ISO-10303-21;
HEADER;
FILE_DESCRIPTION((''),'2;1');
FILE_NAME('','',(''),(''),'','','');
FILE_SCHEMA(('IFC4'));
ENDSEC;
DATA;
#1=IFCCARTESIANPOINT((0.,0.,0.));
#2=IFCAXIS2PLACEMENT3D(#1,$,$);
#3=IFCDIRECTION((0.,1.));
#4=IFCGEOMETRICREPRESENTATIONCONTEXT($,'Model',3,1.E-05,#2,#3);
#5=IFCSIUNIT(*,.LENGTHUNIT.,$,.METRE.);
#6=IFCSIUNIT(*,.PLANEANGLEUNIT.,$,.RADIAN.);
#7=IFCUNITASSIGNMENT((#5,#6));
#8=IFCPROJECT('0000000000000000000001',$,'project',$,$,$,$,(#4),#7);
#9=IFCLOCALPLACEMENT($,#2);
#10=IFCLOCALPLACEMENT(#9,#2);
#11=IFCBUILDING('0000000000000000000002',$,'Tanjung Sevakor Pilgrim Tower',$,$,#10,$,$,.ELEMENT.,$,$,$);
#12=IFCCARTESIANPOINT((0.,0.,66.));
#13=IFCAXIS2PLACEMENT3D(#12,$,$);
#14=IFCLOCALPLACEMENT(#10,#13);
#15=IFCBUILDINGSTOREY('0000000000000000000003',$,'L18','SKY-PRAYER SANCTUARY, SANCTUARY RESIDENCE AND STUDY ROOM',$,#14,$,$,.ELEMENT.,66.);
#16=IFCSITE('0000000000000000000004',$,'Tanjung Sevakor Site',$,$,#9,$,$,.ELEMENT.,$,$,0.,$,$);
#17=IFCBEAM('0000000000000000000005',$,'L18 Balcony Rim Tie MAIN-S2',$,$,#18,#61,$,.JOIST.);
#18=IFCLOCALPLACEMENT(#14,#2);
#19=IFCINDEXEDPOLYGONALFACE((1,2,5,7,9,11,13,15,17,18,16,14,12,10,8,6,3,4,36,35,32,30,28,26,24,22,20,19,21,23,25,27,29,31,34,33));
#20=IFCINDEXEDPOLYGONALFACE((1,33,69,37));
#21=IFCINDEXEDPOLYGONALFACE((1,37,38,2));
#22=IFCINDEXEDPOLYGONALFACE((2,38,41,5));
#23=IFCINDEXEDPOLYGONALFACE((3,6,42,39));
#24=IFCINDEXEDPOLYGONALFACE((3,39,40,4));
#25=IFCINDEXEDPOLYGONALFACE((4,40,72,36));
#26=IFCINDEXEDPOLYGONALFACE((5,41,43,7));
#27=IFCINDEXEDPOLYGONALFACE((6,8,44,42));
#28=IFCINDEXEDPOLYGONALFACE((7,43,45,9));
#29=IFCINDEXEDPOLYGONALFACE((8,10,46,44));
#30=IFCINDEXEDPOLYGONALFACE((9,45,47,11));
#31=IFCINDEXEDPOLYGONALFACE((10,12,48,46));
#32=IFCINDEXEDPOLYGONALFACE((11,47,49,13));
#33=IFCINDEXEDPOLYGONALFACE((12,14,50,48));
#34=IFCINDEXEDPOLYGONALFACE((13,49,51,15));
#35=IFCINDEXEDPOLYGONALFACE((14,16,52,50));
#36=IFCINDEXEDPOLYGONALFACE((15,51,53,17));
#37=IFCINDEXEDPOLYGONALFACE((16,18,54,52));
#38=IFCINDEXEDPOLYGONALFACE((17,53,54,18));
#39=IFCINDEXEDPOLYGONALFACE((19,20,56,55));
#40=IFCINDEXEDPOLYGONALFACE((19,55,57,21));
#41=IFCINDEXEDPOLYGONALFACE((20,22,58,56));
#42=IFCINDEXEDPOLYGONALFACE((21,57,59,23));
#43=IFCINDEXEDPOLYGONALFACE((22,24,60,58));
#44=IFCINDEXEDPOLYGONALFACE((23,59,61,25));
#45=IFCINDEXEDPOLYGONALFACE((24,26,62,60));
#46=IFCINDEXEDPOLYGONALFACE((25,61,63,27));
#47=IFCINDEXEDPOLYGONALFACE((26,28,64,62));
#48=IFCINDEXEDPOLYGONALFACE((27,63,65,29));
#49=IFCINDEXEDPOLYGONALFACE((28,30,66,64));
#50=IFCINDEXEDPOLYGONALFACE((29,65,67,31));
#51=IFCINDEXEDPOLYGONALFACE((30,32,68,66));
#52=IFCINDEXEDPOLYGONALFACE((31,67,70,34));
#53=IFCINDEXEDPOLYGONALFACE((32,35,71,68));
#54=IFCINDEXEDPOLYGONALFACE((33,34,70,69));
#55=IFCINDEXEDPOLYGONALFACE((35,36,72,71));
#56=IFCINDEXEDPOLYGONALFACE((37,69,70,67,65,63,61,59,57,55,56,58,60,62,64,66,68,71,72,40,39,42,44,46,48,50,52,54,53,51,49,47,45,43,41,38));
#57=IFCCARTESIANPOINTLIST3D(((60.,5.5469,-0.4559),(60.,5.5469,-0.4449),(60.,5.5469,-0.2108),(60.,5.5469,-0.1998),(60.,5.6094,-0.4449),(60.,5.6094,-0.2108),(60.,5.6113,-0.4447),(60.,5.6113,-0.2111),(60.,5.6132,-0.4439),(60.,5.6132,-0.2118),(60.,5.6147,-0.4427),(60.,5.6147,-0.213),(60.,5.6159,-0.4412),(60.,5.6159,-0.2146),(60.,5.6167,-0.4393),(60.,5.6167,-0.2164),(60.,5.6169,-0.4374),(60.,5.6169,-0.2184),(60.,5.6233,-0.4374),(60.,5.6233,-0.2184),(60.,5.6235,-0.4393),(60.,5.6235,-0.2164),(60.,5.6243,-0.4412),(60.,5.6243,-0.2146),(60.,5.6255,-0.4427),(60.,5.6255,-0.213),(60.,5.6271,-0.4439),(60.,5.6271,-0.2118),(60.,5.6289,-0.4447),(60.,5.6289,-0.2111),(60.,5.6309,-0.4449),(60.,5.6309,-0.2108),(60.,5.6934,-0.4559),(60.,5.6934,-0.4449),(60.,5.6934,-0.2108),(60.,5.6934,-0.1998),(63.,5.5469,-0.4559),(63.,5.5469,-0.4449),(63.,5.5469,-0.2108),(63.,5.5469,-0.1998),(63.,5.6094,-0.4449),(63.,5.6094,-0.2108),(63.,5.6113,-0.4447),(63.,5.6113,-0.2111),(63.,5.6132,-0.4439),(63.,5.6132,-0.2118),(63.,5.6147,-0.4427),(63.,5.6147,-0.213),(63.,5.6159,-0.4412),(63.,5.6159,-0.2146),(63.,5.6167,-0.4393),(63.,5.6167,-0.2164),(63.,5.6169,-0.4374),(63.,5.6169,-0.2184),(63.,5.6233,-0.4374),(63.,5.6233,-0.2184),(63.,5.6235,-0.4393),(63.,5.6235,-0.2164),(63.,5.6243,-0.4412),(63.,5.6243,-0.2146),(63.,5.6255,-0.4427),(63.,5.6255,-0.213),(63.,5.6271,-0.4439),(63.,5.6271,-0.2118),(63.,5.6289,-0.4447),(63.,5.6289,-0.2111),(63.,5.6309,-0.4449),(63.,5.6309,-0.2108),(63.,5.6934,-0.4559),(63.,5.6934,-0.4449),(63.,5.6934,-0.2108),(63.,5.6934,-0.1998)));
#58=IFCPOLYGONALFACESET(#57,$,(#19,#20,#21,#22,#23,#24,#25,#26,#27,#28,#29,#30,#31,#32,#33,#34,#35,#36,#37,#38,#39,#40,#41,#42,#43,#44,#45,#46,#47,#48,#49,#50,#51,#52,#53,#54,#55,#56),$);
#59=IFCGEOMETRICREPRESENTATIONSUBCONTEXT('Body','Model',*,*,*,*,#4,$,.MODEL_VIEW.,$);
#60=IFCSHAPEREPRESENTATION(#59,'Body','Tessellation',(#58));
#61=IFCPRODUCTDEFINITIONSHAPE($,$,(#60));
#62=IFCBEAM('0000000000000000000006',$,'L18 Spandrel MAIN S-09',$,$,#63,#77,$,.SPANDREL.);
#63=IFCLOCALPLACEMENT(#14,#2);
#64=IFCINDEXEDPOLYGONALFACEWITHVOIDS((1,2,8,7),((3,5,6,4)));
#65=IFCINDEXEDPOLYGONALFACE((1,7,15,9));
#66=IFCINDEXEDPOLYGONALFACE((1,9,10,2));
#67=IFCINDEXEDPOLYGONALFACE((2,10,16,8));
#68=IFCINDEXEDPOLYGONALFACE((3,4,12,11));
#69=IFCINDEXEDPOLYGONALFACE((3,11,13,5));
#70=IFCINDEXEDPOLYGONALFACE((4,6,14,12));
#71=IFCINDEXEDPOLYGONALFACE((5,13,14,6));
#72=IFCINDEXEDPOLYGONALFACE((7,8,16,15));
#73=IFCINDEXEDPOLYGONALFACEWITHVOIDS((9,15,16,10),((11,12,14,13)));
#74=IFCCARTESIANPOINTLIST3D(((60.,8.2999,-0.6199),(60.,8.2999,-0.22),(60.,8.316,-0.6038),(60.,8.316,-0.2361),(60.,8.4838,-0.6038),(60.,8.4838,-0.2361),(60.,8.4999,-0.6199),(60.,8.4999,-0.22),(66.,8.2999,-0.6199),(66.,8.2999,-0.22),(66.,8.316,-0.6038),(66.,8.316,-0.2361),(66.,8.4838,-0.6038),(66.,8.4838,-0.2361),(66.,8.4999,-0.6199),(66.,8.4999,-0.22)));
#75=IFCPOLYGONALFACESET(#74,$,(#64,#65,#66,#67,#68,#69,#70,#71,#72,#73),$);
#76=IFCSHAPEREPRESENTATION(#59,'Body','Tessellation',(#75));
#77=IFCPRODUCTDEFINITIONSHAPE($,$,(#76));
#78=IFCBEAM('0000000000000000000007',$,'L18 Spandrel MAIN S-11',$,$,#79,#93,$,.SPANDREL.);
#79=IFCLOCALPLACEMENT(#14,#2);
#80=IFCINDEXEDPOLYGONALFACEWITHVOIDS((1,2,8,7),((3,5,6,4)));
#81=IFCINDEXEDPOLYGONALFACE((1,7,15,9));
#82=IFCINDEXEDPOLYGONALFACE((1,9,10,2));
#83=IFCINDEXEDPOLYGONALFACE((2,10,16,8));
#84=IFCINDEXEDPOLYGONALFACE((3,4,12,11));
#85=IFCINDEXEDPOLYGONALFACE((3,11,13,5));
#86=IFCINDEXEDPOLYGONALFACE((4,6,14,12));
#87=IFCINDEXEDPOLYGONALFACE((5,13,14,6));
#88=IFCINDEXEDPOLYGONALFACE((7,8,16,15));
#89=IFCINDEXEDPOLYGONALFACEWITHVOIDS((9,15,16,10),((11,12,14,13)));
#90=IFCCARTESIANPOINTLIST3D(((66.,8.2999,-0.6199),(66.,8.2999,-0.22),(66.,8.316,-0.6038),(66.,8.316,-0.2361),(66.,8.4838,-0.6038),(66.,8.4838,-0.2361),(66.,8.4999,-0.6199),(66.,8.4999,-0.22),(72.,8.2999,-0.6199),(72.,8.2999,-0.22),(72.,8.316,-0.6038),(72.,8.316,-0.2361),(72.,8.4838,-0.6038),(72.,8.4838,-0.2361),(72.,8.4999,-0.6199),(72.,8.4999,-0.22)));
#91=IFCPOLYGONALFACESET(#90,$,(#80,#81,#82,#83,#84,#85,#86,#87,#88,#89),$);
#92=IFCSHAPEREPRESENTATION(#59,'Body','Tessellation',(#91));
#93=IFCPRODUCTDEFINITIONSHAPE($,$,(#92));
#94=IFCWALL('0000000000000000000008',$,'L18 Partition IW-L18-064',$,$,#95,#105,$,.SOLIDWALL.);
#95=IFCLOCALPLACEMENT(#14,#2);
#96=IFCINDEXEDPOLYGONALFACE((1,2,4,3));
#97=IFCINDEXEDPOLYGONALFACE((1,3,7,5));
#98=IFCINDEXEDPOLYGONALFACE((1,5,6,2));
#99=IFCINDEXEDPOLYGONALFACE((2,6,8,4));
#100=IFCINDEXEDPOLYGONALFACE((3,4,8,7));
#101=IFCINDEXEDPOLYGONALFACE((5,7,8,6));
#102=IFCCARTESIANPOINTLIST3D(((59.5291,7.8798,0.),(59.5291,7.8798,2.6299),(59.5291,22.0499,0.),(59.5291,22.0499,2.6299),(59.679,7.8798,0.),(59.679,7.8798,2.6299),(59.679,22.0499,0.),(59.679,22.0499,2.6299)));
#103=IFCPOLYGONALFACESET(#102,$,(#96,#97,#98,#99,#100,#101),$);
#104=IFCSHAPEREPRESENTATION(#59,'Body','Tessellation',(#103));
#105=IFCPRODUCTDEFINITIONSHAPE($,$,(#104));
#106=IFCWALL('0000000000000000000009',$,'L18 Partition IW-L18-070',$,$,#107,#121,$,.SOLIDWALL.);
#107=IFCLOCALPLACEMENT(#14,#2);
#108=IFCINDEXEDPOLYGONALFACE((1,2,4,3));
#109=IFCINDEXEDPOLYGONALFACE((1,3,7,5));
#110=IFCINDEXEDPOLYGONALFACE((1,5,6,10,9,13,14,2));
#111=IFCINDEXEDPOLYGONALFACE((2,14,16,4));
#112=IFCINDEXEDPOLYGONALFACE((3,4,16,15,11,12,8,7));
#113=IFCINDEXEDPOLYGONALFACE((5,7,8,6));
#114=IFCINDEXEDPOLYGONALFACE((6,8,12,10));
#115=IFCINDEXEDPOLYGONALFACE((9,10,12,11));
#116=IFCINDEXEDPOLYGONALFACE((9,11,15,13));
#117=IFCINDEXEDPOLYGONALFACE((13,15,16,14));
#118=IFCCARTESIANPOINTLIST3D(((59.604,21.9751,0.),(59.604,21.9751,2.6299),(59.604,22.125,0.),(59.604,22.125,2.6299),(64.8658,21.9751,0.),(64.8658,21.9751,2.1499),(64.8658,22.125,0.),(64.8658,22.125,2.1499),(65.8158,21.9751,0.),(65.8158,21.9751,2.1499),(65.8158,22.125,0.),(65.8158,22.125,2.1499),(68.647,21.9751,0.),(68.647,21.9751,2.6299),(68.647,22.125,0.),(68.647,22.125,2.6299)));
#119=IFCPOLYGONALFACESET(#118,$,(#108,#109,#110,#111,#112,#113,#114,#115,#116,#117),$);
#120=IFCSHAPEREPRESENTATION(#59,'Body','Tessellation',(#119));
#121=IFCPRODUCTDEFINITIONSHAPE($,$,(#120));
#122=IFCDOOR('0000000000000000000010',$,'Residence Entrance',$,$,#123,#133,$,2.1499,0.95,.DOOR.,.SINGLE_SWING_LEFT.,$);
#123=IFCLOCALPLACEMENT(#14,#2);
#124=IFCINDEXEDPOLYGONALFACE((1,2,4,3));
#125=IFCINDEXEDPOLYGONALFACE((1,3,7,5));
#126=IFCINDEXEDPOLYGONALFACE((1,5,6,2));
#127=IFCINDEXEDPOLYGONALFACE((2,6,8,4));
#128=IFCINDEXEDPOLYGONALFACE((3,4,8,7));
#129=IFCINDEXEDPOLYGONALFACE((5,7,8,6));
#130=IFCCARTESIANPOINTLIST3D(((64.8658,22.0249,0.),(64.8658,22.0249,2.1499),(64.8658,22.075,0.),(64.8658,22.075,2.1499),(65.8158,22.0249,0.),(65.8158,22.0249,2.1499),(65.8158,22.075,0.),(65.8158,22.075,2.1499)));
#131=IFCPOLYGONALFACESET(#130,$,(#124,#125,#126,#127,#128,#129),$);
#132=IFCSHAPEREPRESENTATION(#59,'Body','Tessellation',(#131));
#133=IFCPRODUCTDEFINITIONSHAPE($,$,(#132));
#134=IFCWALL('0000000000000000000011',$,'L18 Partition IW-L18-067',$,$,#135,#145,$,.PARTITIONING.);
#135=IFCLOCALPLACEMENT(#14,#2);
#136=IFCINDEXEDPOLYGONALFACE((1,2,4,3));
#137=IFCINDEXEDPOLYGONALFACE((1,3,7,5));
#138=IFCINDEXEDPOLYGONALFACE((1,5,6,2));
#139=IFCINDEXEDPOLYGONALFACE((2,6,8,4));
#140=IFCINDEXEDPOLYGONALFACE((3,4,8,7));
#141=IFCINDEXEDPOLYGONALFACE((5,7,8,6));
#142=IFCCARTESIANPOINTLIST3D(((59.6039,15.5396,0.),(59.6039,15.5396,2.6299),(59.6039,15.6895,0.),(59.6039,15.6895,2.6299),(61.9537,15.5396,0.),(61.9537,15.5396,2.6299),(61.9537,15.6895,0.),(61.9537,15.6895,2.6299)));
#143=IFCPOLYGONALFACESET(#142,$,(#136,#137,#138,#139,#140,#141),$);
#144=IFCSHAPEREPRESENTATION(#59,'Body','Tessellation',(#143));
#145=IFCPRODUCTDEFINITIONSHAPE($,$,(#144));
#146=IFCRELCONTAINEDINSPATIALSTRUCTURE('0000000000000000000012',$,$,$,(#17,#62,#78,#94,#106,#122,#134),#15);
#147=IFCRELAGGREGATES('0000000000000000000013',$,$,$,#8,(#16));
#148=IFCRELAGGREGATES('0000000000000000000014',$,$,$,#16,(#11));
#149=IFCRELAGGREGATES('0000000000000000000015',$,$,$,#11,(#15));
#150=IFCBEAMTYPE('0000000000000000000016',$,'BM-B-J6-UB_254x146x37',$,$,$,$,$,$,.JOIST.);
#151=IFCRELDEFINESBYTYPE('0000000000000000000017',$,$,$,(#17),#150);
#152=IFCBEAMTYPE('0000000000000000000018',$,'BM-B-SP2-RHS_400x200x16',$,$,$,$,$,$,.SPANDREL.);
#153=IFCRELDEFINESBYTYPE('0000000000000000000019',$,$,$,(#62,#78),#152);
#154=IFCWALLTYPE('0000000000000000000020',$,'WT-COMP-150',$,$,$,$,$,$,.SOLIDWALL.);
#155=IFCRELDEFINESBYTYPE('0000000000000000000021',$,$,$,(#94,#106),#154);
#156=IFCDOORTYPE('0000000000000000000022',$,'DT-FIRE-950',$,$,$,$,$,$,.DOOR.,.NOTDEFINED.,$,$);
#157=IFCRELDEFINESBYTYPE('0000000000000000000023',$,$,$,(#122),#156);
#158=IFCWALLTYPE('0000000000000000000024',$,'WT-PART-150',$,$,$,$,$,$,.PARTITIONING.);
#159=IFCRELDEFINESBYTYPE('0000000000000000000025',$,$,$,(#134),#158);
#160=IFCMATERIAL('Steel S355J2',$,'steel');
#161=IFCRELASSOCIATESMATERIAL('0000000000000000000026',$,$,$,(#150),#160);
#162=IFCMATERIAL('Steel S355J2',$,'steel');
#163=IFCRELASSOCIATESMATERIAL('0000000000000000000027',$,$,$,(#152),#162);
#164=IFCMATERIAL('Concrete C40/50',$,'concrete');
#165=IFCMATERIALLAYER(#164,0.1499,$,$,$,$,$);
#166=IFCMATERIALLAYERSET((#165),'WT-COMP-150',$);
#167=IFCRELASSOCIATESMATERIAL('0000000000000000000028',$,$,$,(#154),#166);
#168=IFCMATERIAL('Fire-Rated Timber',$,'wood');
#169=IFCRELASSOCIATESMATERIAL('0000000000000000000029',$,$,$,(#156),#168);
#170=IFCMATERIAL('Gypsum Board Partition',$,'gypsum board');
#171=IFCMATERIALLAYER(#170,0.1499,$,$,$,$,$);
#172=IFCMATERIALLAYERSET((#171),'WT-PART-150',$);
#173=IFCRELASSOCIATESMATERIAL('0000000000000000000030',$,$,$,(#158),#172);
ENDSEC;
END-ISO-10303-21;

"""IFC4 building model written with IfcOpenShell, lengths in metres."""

from ifc_helpers import new_model, si_unit, direction, frame, frame_2d, origin, origin_2d, place, context, subcontext, project, spatial, rectangle, hollow_rectangle, i_section, extrude, material, layer, layer_set, material_profile, profile_set, type_object, element, fill, save


model = new_model("IFC4")

# Units and contexts
model_context = context("Model", 3, precision=1e-05, world=origin(), true_north=direction((0.0, 1.0)))
body_context = subcontext(model_context, "Body", "Model", "MODEL_VIEW")
ifc_project = project(units=[si_unit("LENGTHUNIT", "METRE"), si_unit("PLANEANGLEUNIT", "RADIAN")], contexts=[model_context])

# Site, building, storey
site_placement = place(None, origin())
site = spatial("IfcSite", under=ifc_project, at=site_placement, Name="Tanjung Sevakor Site", CompositionType="ELEMENT", RefElevation=0.0)
building_placement = place(site_placement, origin())
building = spatial("IfcBuilding", under=site, at=building_placement, Name="Tanjung Sevakor Pilgrim Tower", CompositionType="ELEMENT")
storey_placement = place(building_placement, frame((0.0, 0.0, 66.0)))
storey = spatial("IfcBuildingStorey", under=building, at=storey_placement, Name="L18", Description="SKY-PRAYER SANCTUARY, SANCTUARY RESIDENCE AND STUDY ROOM", CompositionType="ELEMENT", Elevation=66.0)

# Beams
ifc_material_1 = material(Name="Steel S355J2", Category="steel")
ifc_material_profile_1 = material_profile(ifc_material_1, i_section(OverallWidth=0.1465, OverallDepth=0.2561, WebThickness=0.0063, FlangeThickness=0.011, FilletRadius=0.0076, at=origin_2d()))
ifc_profile_set_1 = profile_set([ifc_material_profile_1], Name="Steel S355J2")
beam_type_1 = type_object("IfcBeamType", Name="BM-B-J6-UB_254x146x37", PredefinedType="JOIST", material=ifc_profile_set_1)
beam_1_placement = place(storey_placement, frame((60.0, 5.6201, -0.3279), z_axis=(1.0, 0.0, 0.0), x_axis=(0.0, 1.0, 0.0)))
element("IfcBeam", 1, at=beam_1_placement, inside=storey, type_object=beam_type_1, Name="L18 Balcony Rim Tie MAIN-S2", PredefinedType="JOIST", context=body_context, shape_type="SweptSolid", body=[
    extrude(i_section(OverallWidth=0.1465, OverallDepth=0.2561, WebThickness=0.0063, FlangeThickness=0.011, FilletRadius=0.0076, at=origin_2d()), origin(), (0.0, 0.0, 1.0), 3.0),
])
ifc_material_2 = material(Name="Steel S355J2", Category="steel")
ifc_material_profile_2 = material_profile(ifc_material_2, hollow_rectangle(XDim=0.2, YDim=0.3999, WallThickness=0.0161, at=origin_2d()))
ifc_profile_set_2 = profile_set([ifc_material_profile_2], Name="Steel S355J2")
beam_type_2 = type_object("IfcBeamType", Name="BM-B-SP2-RHS_400x200x16", PredefinedType="SPANDREL", material=ifc_profile_set_2)
for number, where, z_axis, x_axis, name in (
    (2, (60.0, 8.3999, -0.4199), (1.0, 0.0, 0.0), (0.0, 1.0, 0.0), "L18 Spandrel MAIN S-09"),
    (3, (66.0, 8.3999, -0.4199), (1.0, 0.0, 0.0), (0.0, 1.0, 0.0), "L18 Spandrel MAIN S-11"),
):
    element("IfcBeam", number, at=place(storey_placement, frame(where, z_axis=z_axis, x_axis=x_axis)), inside=storey, type_object=beam_type_2, Name=name, PredefinedType="SPANDREL", context=body_context, shape_type="SweptSolid", body=[
        extrude(hollow_rectangle(XDim=0.2, YDim=0.3999, WallThickness=0.0161, at=origin_2d()), origin(), (0.0, 0.0, 1.0), 6.0),
    ])

# Wall
ifc_material_3 = material(Name="Concrete C40/50", Category="concrete")
ifc_layer_1 = layer(ifc_material_3, 0.1499)
ifc_layer_set_1 = layer_set([ifc_layer_1], Name="WT-COMP-150")
wall_type_1 = type_object("IfcWallType", Name="WT-COMP-150", PredefinedType="SOLIDWALL", material=ifc_layer_set_1)
wall_1_placement = place(storey_placement, frame((59.604, 7.8799, 0.0), z_axis=(0.0, 0.0, 1.0), x_axis=(0.0, 1.0, 0.0)))
element("IfcWall", 4, at=wall_1_placement, inside=storey, type_object=wall_type_1, Name="L18 Partition IW-L18-064", PredefinedType="SOLIDWALL", context=body_context, shape_type="SweptSolid", body=[
    extrude(rectangle(XDim=14.1702, YDim=0.1499, at=frame_2d((7.085, 0.0))), origin(), (0.0, 0.0, 1.0), 2.6299),
])

# Wall, opening, door
wall_2_placement = place(storey_placement, frame((59.604, 22.05, 0.0), z_axis=(0.0, 0.0, 1.0), x_axis=(1.0, 0.0, 0.0)))
wall_2 = element("IfcWall", 5, at=wall_2_placement, inside=storey, type_object=wall_type_1, Name="L18 Partition IW-L18-070", PredefinedType="SOLIDWALL", context=body_context, shape_type="SweptSolid", body=[
    extrude(rectangle(XDim=9.043, YDim=0.1499, at=frame_2d((4.5215, 0.0))), origin(), (0.0, 0.0, 1.0), 2.6299),
])
opening_1_placement = place(wall_2_placement, frame((5.2617, 0.0, 0.0)))
opening_1 = element("IfcOpeningElement", 6, at=opening_1_placement, cuts=wall_2, PredefinedType="OPENING", context=body_context, shape_type="SweptSolid", body=[
    extrude(rectangle(XDim=0.95, YDim=2.1499, at=frame_2d((0.4751, 1.075))), frame((0.0, 0.085, 0.0), z_axis=(0.0, -1.0, 0.0), x_axis=(1.0, 0.0, 0.0)), (0.0, 0.0, 1.0), 0.1699),
])
ifc_material_4 = material(Name="Fire-Rated Timber", Category="wood")
door_type_1 = type_object("IfcDoorType", Name="DT-FIRE-950", OperationType="NOTDEFINED", PredefinedType="DOOR", material=ifc_material_4)
door_1_placement = place(opening_1_placement, origin())
door_1 = element("IfcDoor", 7, at=door_1_placement, inside=storey, type_object=door_type_1, Name="Residence Entrance", OperationType="SINGLE_SWING_LEFT", OverallHeight=2.1499, OverallWidth=0.95, PredefinedType="DOOR", context=body_context, shape_type="SweptSolid", body=[
    extrude(rectangle(XDim=0.95, YDim=2.1499, at=frame_2d((0.4751, 1.075))), frame((0.0, 0.0249, 0.0), z_axis=(0.0, -1.0, 0.0), x_axis=(1.0, 0.0, 0.0)), (0.0, 0.0, 1.0), 0.05),
])
fill(opening_1, door_1)

# Wall
ifc_material_5 = material(Name="Gypsum Board Partition", Category="gypsum board")
ifc_layer_2 = layer(ifc_material_5, 0.1499)
ifc_layer_set_2 = layer_set([ifc_layer_2], Name="WT-PART-150")
wall_type_2 = type_object("IfcWallType", Name="WT-PART-150", PredefinedType="PARTITIONING", material=ifc_layer_set_2)
wall_3_placement = place(storey_placement, frame((59.604, 15.6145, 0.0), z_axis=(0.0, 0.0, 1.0), x_axis=(1.0, 0.0, 0.0)))
element("IfcWall", 8, at=wall_3_placement, inside=storey, type_object=wall_type_2, Name="L18 Partition IW-L18-067", PredefinedType="PARTITIONING", context=body_context, shape_type="SweptSolid", body=[
    extrude(rectangle(XDim=2.3499, YDim=0.1499, at=frame_2d((1.1748, 0.0))), origin(), (0.0, 0.0, 1.0), 2.6299),
])

save(model, "model.ifc")
